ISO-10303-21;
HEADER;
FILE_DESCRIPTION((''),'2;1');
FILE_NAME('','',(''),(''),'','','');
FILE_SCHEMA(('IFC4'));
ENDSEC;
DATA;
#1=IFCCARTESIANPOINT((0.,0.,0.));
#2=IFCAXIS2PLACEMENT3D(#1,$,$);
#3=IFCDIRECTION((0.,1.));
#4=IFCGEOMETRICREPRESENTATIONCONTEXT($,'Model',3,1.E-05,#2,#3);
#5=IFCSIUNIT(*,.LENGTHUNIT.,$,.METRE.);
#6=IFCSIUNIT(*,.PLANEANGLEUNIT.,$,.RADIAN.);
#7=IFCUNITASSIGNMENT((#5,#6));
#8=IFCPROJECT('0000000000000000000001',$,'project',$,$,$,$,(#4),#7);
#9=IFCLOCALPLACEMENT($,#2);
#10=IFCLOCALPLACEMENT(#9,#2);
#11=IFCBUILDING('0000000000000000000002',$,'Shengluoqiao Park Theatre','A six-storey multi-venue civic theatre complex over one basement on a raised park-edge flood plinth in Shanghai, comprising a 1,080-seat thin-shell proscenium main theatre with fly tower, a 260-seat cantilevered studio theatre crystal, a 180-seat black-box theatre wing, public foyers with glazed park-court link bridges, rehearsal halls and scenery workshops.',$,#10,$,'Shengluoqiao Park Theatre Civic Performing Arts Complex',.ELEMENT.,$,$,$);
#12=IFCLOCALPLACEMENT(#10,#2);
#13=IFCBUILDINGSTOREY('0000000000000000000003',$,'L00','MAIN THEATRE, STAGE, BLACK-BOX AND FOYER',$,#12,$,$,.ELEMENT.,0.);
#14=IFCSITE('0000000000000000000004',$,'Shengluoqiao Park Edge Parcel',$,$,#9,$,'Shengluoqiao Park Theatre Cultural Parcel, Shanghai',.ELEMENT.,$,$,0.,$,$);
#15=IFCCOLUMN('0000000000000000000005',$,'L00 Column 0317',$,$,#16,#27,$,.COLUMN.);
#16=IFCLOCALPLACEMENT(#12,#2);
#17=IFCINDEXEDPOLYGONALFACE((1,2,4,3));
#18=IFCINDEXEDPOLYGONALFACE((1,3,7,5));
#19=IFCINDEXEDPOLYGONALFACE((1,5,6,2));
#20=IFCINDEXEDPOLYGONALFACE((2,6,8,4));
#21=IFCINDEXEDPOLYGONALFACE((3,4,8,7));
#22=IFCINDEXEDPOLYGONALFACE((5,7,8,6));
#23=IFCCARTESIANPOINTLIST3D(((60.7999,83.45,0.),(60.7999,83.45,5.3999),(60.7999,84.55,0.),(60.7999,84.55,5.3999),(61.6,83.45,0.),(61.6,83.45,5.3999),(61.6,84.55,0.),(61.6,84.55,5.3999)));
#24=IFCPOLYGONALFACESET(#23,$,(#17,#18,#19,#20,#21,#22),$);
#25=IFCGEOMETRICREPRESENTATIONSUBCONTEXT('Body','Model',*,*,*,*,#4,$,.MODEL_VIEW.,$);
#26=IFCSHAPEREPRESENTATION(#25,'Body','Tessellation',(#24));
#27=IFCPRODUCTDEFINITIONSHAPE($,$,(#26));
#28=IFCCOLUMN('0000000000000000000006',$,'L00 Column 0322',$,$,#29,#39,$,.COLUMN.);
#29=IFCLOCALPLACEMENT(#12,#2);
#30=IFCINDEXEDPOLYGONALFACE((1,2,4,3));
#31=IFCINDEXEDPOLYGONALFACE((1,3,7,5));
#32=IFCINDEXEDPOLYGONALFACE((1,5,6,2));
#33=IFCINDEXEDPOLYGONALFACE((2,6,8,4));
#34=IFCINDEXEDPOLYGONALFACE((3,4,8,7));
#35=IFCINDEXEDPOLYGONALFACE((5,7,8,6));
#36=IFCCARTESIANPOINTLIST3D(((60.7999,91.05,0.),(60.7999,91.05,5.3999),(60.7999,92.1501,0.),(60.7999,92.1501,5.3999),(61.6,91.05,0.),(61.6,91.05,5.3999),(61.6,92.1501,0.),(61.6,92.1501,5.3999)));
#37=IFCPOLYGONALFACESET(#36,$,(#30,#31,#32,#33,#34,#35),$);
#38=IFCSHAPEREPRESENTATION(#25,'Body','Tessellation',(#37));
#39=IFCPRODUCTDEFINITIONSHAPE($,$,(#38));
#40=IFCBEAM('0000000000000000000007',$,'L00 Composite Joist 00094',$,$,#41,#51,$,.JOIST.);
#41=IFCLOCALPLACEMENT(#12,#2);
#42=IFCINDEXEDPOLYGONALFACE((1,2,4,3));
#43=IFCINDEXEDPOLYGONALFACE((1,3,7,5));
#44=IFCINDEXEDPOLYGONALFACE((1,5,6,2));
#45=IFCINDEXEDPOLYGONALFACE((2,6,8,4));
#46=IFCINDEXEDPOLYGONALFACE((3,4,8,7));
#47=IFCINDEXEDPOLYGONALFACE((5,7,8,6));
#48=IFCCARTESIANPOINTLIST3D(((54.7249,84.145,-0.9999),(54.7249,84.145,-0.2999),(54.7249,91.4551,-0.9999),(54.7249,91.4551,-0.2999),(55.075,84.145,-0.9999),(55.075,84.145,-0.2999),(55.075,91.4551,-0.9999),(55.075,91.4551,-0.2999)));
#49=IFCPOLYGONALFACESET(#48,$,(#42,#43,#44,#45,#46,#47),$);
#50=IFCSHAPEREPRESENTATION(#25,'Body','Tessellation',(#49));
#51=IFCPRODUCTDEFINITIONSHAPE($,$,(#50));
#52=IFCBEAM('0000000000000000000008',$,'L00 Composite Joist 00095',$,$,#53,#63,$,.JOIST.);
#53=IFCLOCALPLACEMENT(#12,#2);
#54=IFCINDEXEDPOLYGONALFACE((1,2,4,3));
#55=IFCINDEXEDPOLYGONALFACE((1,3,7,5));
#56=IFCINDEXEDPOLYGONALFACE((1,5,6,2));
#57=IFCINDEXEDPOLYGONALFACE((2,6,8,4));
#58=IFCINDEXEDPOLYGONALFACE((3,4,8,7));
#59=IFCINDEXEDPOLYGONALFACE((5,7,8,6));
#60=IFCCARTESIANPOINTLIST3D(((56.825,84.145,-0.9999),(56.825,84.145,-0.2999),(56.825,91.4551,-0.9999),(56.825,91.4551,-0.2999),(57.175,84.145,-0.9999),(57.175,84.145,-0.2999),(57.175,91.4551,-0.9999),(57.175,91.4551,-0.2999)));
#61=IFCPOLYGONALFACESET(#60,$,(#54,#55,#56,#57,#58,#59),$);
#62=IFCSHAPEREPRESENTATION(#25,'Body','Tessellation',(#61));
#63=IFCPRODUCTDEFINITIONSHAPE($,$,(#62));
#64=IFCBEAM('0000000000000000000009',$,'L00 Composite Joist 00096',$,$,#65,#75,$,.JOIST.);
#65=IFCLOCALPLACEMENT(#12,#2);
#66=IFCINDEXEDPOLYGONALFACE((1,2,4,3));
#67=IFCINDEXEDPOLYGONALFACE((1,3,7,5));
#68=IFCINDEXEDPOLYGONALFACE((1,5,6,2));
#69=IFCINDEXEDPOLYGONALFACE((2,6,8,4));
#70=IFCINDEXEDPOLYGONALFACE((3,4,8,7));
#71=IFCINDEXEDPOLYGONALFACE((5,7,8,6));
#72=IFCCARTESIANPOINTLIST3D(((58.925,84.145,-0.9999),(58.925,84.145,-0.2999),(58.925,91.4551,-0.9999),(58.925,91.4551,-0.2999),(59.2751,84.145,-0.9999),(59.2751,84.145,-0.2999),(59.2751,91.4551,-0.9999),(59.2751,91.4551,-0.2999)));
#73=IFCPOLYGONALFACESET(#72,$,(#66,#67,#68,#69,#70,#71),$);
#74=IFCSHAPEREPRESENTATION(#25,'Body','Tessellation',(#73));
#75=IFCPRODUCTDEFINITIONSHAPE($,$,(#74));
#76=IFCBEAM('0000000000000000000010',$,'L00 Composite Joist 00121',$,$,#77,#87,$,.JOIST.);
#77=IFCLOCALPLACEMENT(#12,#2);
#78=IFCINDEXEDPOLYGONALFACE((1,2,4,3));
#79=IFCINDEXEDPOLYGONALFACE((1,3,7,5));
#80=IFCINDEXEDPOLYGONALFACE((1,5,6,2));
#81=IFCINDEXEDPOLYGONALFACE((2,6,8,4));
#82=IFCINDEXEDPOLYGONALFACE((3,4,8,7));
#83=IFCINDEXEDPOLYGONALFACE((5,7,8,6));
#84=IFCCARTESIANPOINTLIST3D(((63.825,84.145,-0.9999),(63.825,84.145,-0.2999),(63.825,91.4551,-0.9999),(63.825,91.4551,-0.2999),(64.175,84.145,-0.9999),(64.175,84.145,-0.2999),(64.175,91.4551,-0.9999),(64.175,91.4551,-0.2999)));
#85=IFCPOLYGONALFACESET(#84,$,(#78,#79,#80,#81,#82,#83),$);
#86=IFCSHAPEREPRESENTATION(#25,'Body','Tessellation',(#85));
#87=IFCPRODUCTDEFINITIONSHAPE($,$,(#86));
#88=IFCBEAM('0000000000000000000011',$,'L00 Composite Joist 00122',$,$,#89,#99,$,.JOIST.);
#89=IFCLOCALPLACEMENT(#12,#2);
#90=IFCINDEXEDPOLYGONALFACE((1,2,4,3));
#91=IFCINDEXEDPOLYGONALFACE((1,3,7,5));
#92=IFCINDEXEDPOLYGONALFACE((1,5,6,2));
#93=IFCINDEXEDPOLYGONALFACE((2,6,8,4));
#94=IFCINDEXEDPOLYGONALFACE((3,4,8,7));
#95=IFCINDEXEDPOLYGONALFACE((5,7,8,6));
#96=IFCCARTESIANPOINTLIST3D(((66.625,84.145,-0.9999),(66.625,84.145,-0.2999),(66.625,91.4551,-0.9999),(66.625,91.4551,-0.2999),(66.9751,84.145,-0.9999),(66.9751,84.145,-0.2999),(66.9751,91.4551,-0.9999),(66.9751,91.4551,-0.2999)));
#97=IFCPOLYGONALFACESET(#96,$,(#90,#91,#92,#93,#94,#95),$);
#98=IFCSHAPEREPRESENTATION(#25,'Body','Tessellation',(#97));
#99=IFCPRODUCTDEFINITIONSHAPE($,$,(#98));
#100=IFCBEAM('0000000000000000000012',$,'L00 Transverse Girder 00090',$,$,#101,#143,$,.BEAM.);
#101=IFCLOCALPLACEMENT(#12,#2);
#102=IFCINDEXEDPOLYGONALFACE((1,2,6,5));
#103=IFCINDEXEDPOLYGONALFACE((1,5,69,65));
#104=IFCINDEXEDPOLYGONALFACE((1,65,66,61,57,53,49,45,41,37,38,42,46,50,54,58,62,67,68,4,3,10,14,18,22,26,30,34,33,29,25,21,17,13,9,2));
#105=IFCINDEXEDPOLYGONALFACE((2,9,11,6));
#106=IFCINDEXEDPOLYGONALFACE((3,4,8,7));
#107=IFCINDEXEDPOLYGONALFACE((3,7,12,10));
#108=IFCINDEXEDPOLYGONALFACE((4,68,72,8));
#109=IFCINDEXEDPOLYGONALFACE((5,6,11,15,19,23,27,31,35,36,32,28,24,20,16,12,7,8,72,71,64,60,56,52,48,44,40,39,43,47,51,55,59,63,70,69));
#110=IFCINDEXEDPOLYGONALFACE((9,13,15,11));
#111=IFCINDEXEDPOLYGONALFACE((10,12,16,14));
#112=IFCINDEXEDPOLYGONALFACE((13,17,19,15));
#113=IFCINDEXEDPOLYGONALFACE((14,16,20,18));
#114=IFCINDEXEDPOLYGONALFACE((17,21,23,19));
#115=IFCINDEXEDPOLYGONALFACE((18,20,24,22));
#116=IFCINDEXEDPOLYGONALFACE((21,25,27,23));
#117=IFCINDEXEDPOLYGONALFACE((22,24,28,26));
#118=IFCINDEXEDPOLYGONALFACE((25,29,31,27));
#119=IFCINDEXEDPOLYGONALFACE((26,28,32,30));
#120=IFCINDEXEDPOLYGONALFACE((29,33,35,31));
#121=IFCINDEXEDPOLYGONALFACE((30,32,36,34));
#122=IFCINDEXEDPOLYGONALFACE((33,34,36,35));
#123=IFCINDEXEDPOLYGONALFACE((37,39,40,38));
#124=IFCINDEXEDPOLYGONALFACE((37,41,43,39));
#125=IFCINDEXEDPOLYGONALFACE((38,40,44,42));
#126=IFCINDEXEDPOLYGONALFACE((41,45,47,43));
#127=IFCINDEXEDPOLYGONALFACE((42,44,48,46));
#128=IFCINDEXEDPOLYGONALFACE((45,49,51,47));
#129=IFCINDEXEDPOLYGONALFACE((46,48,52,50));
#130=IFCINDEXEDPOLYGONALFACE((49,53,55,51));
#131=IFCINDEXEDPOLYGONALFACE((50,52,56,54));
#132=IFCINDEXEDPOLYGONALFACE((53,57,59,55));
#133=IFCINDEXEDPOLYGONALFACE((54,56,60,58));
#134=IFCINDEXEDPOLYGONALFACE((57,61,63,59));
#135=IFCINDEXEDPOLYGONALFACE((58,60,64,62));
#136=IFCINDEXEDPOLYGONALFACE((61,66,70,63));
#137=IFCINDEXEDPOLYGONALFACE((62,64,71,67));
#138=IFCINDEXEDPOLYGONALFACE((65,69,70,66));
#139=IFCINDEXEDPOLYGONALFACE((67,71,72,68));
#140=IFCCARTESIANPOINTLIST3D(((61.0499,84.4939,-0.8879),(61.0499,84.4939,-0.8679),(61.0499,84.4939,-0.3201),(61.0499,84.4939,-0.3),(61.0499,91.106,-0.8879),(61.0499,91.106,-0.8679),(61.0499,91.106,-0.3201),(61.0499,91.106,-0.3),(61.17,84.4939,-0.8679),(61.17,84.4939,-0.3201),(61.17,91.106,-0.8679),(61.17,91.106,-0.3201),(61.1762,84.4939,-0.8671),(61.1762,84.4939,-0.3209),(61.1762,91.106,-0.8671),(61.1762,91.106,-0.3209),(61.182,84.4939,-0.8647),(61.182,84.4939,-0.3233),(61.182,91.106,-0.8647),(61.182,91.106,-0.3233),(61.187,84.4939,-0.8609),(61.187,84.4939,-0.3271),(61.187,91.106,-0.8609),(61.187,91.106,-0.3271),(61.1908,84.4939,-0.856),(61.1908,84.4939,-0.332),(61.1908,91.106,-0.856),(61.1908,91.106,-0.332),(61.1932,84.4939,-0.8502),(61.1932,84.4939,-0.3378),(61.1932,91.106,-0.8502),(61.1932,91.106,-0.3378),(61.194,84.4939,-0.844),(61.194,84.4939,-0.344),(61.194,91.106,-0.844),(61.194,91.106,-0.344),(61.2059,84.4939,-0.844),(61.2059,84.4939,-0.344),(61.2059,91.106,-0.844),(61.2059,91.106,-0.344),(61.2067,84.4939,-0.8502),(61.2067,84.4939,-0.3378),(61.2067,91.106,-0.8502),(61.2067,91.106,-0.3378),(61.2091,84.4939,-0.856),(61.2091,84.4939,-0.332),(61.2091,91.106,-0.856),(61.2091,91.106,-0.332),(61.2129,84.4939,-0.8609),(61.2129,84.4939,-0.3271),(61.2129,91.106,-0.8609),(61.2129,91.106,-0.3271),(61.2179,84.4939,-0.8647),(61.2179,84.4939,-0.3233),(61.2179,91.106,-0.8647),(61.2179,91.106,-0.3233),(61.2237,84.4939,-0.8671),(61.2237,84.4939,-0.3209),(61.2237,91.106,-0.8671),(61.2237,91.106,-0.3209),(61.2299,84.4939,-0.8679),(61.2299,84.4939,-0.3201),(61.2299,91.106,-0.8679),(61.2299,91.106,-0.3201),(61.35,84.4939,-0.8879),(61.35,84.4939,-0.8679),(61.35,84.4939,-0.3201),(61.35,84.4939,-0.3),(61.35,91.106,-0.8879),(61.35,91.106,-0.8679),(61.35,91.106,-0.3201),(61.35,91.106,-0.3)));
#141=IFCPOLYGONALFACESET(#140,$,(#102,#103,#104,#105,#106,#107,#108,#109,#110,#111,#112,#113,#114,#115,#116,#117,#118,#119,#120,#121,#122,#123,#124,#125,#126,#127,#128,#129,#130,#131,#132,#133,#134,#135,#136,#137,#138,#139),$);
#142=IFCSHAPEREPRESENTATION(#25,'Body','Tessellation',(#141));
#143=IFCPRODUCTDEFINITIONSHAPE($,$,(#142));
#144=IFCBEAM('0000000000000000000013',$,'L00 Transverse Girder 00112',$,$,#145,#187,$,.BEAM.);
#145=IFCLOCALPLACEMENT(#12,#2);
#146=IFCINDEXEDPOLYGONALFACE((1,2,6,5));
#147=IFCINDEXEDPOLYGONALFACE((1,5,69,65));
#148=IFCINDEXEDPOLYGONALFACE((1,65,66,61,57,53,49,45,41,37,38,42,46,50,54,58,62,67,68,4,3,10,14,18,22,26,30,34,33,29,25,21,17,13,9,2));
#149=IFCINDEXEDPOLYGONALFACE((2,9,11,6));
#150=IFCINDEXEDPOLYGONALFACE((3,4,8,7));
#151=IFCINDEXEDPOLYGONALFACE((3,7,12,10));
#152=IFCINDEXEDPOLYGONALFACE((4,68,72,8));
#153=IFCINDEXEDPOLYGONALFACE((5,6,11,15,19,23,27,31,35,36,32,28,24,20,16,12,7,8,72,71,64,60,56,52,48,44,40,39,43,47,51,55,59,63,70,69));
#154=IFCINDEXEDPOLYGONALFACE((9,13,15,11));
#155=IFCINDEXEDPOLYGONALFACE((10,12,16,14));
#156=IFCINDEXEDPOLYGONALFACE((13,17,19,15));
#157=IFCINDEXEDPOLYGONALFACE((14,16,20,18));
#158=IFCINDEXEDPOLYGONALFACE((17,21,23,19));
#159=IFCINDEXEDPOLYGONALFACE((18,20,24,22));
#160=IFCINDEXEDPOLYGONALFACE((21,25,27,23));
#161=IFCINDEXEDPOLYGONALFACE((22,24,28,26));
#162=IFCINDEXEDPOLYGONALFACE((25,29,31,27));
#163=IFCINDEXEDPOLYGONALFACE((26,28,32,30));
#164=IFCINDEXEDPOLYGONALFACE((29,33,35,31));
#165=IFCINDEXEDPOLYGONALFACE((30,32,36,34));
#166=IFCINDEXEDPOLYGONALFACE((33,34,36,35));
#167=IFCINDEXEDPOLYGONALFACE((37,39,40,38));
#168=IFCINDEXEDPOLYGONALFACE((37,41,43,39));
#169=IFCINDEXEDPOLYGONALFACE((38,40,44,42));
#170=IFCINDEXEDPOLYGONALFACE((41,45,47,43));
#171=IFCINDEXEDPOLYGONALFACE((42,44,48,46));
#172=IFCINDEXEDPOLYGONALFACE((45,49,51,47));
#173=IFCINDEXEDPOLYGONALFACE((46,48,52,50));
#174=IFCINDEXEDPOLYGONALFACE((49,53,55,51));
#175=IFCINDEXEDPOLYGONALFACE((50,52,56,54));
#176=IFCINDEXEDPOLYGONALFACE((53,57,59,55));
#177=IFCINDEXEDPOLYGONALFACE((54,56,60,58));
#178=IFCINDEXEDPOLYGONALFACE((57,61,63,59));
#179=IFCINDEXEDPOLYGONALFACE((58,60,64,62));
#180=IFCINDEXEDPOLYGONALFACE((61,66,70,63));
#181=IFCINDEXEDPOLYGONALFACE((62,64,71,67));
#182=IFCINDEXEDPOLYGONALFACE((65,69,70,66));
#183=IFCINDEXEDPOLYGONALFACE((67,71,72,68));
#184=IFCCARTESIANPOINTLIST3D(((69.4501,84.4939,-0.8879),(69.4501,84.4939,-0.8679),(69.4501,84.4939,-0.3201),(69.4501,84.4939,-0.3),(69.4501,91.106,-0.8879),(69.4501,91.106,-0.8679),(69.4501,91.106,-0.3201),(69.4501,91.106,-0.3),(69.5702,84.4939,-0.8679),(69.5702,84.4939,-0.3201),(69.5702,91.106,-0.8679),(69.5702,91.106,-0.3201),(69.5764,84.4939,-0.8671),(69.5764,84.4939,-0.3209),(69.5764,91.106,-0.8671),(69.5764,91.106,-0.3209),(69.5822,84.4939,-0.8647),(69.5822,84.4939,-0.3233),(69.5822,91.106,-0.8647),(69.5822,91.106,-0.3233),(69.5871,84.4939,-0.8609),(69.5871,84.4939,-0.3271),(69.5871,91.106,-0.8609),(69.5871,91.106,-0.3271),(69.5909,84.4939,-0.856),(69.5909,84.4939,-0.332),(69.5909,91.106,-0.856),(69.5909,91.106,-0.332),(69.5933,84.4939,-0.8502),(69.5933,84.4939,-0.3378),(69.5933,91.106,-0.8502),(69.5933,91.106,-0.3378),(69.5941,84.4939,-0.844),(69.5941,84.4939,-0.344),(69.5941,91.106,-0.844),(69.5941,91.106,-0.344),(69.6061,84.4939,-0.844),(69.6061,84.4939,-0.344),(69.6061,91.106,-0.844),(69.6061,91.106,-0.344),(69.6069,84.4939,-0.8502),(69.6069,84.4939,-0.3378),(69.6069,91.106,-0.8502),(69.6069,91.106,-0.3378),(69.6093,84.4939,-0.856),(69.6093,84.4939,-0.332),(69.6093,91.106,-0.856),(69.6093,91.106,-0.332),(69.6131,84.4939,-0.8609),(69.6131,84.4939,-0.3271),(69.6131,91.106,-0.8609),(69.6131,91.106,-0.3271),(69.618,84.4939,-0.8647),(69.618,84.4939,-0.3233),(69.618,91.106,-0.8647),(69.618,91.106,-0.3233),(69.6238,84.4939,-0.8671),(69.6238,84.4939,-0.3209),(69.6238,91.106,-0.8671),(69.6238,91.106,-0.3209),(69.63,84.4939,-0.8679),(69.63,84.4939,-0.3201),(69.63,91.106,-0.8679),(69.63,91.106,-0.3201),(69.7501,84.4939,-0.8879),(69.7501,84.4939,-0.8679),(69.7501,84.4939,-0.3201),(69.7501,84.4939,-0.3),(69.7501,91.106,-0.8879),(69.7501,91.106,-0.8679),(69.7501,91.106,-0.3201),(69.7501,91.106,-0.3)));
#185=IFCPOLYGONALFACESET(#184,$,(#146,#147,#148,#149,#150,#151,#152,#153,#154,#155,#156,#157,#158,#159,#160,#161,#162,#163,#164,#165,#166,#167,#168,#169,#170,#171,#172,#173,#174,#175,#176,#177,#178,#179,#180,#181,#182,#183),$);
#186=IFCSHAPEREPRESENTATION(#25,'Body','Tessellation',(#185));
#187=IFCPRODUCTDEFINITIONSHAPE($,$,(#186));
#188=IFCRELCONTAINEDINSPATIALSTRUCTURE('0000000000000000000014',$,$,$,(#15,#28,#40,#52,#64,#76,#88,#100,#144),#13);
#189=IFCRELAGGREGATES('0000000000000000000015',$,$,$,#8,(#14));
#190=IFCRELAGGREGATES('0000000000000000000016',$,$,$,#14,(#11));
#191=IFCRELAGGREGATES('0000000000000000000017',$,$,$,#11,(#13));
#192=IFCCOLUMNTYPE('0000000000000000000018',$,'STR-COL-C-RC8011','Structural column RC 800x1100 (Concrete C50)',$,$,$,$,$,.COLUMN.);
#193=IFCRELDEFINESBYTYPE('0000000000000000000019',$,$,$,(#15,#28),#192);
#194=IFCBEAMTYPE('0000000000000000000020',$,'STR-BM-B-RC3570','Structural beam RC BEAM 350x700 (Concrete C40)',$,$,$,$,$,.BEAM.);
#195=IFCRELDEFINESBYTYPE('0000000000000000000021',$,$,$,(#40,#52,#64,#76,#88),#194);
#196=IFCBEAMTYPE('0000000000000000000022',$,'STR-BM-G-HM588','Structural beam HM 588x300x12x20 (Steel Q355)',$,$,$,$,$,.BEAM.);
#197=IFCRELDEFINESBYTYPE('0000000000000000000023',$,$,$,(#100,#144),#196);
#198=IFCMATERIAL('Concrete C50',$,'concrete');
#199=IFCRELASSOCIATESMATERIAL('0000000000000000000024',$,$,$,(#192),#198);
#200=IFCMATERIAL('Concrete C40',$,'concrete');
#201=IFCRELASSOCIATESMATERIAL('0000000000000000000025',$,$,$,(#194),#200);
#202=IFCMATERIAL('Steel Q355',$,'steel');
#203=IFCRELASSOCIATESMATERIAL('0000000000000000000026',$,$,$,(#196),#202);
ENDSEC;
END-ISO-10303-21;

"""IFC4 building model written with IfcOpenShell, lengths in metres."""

from ifc_helpers import new_model, si_unit, direction, frame, origin, origin_2d, place, context, subcontext, project, spatial, rectangle, i_section, extrude, material, material_profile, profile_set, type_object, element, save


model = new_model("IFC4")

# Units and contexts
model_context = context("Model", 3, precision=1e-05, world=origin(), true_north=direction((0.0, 1.0)))
body_context = subcontext(model_context, "Body", "Model", "MODEL_VIEW")
ifc_project = project(units=[si_unit("LENGTHUNIT", "METRE"), si_unit("PLANEANGLEUNIT", "RADIAN")], contexts=[model_context])

# Site, building, storey
site_placement = place(None, origin())
site = spatial("IfcSite", under=ifc_project, at=site_placement, Name="Shengluoqiao Park Edge Parcel", LongName="Shengluoqiao Park Theatre Cultural Parcel, Shanghai", CompositionType="ELEMENT", RefElevation=0.0)
building_placement = place(site_placement, origin())
building = spatial("IfcBuilding", under=site, at=building_placement, Name="Shengluoqiao Park Theatre", Description="A six-storey multi-venue civic theatre complex over one basement on a raised park-edge flood plinth in Shanghai, comprising a 1,080-seat thin-shell proscenium main theatre with fly tower, a 260-seat cantilevered studio theatre crystal, a 180-seat black-box theatre wing, public foyers with glazed park-court link bridges, rehearsal halls and scenery workshops.", LongName="Shengluoqiao Park Theatre Civic Performing Arts Complex", CompositionType="ELEMENT")
storey_placement = place(building_placement, origin())
storey = spatial("IfcBuildingStorey", under=building, at=storey_placement, Name="L00", Description="MAIN THEATRE, STAGE, BLACK-BOX AND FOYER", CompositionType="ELEMENT", Elevation=0.0)

# Columns
ifc_material_1 = material(Name="Concrete C50", Category="concrete")
ifc_material_profile_1 = material_profile(ifc_material_1, rectangle(XDim=0.8, YDim=1.1001, at=origin_2d()), Name="RC 800x1100")
ifc_profile_set_1 = profile_set([ifc_material_profile_1], Name="Concrete C50")
column_type = type_object("IfcColumnType", Name="STR-COL-C-RC8011", Description="Structural column RC 800x1100 (Concrete C50)", PredefinedType="COLUMN", material=ifc_profile_set_1)
for number, where, z_axis, x_axis, name in (
    (1, (61.2, 84.0, 0.0), (0.0, 0.0, 1.0), (1.0, 0.0, 0.0), "L00 Column 0317"),
    (2, (61.2, 91.6001, 0.0), (0.0, 0.0, 1.0), (1.0, 0.0, 0.0), "L00 Column 0322"),
):
    element("IfcColumn", number, at=place(storey_placement, frame(where, z_axis=z_axis, x_axis=x_axis)), inside=storey, type_object=column_type, Name=name, PredefinedType="COLUMN", context=body_context, shape_type="SweptSolid", body=[
        extrude(rectangle(XDim=0.8, YDim=1.1001, at=origin_2d()), origin(), (0.0, 0.0, 1.0), 5.3999),
    ])

# Beams
ifc_material_2 = material(Name="Concrete C40", Category="concrete")
ifc_material_profile_2 = material_profile(ifc_material_2, rectangle(XDim=0.3501, YDim=0.7, at=origin_2d()), Name="RC BEAM 350x700")
ifc_profile_set_2 = profile_set([ifc_material_profile_2], Name="Concrete C40")
beam_type_1 = type_object("IfcBeamType", Name="STR-BM-B-RC3570", Description="Structural beam RC BEAM 350x700 (Concrete C40)", PredefinedType="BEAM", material=ifc_profile_set_2)
for number, where, z_axis, x_axis, name in (
    (3, (54.8999, 84.145, -0.6499), (0.0, 1.0, 0.0), (-1.0, 0.0, 0.0), "L00 Composite Joist 00094"),
    (4, (57.0, 84.145, -0.6499), (0.0, 1.0, 0.0), (-1.0, 0.0, 0.0), "L00 Composite Joist 00095"),
    (5, (59.1001, 84.145, -0.6499), (0.0, 1.0, 0.0), (-1.0, 0.0, 0.0), "L00 Composite Joist 00096"),
    (6, (64.0, 84.145, -0.6499), (0.0, 1.0, 0.0), (-1.0, 0.0, 0.0), "L00 Composite Joist 00121"),
    (7, (66.8, 84.145, -0.6499), (0.0, 1.0, 0.0), (-1.0, 0.0, 0.0), "L00 Composite Joist 00122"),
):
    element("IfcBeam", number, at=place(storey_placement, frame(where, z_axis=z_axis, x_axis=x_axis)), inside=storey, type_object=beam_type_1, Name=name, PredefinedType="JOIST", context=body_context, shape_type="SweptSolid", body=[
        extrude(rectangle(XDim=0.3501, YDim=0.7, at=origin_2d()), origin(), (0.0, 0.0, 1.0), 7.3101),
    ])
ifc_material_3 = material(Name="Steel Q355", Category="steel")
ifc_material_profile_3 = material_profile(ifc_material_3, i_section(OverallWidth=0.3, OverallDepth=0.5879, WebThickness=0.012, FlangeThickness=0.02, FilletRadius=0.0239, at=origin_2d()), Name="HM 588x300x12x20")
ifc_profile_set_3 = profile_set([ifc_material_profile_3], Name="Steel Q355")
beam_type_2 = type_object("IfcBeamType", Name="STR-BM-G-HM588", Description="Structural beam HM 588x300x12x20 (Steel Q355)", PredefinedType="BEAM", material=ifc_profile_set_3)
for number, where, z_axis, x_axis, name in (
    (8, (61.2, 84.4939, -0.594), (0.0, 1.0, 0.0), (-1.0, 0.0, 0.0), "L00 Transverse Girder 00090"),
    (9, (69.6001, 84.4939, -0.594), (0.0, 1.0, 0.0), (-1.0, 0.0, 0.0), "L00 Transverse Girder 00112"),
):
    element("IfcBeam", number, at=place(storey_placement, frame(where, z_axis=z_axis, x_axis=x_axis)), inside=storey, type_object=beam_type_2, Name=name, PredefinedType="BEAM", context=body_context, shape_type="SweptSolid", body=[
        extrude(i_section(OverallWidth=0.3, OverallDepth=0.5879, WebThickness=0.012, FlangeThickness=0.02, FilletRadius=0.0239, at=origin_2d()), origin(), (0.0, 0.0, 1.0), 6.6121),
    ])

save(model, "model.ifc")
